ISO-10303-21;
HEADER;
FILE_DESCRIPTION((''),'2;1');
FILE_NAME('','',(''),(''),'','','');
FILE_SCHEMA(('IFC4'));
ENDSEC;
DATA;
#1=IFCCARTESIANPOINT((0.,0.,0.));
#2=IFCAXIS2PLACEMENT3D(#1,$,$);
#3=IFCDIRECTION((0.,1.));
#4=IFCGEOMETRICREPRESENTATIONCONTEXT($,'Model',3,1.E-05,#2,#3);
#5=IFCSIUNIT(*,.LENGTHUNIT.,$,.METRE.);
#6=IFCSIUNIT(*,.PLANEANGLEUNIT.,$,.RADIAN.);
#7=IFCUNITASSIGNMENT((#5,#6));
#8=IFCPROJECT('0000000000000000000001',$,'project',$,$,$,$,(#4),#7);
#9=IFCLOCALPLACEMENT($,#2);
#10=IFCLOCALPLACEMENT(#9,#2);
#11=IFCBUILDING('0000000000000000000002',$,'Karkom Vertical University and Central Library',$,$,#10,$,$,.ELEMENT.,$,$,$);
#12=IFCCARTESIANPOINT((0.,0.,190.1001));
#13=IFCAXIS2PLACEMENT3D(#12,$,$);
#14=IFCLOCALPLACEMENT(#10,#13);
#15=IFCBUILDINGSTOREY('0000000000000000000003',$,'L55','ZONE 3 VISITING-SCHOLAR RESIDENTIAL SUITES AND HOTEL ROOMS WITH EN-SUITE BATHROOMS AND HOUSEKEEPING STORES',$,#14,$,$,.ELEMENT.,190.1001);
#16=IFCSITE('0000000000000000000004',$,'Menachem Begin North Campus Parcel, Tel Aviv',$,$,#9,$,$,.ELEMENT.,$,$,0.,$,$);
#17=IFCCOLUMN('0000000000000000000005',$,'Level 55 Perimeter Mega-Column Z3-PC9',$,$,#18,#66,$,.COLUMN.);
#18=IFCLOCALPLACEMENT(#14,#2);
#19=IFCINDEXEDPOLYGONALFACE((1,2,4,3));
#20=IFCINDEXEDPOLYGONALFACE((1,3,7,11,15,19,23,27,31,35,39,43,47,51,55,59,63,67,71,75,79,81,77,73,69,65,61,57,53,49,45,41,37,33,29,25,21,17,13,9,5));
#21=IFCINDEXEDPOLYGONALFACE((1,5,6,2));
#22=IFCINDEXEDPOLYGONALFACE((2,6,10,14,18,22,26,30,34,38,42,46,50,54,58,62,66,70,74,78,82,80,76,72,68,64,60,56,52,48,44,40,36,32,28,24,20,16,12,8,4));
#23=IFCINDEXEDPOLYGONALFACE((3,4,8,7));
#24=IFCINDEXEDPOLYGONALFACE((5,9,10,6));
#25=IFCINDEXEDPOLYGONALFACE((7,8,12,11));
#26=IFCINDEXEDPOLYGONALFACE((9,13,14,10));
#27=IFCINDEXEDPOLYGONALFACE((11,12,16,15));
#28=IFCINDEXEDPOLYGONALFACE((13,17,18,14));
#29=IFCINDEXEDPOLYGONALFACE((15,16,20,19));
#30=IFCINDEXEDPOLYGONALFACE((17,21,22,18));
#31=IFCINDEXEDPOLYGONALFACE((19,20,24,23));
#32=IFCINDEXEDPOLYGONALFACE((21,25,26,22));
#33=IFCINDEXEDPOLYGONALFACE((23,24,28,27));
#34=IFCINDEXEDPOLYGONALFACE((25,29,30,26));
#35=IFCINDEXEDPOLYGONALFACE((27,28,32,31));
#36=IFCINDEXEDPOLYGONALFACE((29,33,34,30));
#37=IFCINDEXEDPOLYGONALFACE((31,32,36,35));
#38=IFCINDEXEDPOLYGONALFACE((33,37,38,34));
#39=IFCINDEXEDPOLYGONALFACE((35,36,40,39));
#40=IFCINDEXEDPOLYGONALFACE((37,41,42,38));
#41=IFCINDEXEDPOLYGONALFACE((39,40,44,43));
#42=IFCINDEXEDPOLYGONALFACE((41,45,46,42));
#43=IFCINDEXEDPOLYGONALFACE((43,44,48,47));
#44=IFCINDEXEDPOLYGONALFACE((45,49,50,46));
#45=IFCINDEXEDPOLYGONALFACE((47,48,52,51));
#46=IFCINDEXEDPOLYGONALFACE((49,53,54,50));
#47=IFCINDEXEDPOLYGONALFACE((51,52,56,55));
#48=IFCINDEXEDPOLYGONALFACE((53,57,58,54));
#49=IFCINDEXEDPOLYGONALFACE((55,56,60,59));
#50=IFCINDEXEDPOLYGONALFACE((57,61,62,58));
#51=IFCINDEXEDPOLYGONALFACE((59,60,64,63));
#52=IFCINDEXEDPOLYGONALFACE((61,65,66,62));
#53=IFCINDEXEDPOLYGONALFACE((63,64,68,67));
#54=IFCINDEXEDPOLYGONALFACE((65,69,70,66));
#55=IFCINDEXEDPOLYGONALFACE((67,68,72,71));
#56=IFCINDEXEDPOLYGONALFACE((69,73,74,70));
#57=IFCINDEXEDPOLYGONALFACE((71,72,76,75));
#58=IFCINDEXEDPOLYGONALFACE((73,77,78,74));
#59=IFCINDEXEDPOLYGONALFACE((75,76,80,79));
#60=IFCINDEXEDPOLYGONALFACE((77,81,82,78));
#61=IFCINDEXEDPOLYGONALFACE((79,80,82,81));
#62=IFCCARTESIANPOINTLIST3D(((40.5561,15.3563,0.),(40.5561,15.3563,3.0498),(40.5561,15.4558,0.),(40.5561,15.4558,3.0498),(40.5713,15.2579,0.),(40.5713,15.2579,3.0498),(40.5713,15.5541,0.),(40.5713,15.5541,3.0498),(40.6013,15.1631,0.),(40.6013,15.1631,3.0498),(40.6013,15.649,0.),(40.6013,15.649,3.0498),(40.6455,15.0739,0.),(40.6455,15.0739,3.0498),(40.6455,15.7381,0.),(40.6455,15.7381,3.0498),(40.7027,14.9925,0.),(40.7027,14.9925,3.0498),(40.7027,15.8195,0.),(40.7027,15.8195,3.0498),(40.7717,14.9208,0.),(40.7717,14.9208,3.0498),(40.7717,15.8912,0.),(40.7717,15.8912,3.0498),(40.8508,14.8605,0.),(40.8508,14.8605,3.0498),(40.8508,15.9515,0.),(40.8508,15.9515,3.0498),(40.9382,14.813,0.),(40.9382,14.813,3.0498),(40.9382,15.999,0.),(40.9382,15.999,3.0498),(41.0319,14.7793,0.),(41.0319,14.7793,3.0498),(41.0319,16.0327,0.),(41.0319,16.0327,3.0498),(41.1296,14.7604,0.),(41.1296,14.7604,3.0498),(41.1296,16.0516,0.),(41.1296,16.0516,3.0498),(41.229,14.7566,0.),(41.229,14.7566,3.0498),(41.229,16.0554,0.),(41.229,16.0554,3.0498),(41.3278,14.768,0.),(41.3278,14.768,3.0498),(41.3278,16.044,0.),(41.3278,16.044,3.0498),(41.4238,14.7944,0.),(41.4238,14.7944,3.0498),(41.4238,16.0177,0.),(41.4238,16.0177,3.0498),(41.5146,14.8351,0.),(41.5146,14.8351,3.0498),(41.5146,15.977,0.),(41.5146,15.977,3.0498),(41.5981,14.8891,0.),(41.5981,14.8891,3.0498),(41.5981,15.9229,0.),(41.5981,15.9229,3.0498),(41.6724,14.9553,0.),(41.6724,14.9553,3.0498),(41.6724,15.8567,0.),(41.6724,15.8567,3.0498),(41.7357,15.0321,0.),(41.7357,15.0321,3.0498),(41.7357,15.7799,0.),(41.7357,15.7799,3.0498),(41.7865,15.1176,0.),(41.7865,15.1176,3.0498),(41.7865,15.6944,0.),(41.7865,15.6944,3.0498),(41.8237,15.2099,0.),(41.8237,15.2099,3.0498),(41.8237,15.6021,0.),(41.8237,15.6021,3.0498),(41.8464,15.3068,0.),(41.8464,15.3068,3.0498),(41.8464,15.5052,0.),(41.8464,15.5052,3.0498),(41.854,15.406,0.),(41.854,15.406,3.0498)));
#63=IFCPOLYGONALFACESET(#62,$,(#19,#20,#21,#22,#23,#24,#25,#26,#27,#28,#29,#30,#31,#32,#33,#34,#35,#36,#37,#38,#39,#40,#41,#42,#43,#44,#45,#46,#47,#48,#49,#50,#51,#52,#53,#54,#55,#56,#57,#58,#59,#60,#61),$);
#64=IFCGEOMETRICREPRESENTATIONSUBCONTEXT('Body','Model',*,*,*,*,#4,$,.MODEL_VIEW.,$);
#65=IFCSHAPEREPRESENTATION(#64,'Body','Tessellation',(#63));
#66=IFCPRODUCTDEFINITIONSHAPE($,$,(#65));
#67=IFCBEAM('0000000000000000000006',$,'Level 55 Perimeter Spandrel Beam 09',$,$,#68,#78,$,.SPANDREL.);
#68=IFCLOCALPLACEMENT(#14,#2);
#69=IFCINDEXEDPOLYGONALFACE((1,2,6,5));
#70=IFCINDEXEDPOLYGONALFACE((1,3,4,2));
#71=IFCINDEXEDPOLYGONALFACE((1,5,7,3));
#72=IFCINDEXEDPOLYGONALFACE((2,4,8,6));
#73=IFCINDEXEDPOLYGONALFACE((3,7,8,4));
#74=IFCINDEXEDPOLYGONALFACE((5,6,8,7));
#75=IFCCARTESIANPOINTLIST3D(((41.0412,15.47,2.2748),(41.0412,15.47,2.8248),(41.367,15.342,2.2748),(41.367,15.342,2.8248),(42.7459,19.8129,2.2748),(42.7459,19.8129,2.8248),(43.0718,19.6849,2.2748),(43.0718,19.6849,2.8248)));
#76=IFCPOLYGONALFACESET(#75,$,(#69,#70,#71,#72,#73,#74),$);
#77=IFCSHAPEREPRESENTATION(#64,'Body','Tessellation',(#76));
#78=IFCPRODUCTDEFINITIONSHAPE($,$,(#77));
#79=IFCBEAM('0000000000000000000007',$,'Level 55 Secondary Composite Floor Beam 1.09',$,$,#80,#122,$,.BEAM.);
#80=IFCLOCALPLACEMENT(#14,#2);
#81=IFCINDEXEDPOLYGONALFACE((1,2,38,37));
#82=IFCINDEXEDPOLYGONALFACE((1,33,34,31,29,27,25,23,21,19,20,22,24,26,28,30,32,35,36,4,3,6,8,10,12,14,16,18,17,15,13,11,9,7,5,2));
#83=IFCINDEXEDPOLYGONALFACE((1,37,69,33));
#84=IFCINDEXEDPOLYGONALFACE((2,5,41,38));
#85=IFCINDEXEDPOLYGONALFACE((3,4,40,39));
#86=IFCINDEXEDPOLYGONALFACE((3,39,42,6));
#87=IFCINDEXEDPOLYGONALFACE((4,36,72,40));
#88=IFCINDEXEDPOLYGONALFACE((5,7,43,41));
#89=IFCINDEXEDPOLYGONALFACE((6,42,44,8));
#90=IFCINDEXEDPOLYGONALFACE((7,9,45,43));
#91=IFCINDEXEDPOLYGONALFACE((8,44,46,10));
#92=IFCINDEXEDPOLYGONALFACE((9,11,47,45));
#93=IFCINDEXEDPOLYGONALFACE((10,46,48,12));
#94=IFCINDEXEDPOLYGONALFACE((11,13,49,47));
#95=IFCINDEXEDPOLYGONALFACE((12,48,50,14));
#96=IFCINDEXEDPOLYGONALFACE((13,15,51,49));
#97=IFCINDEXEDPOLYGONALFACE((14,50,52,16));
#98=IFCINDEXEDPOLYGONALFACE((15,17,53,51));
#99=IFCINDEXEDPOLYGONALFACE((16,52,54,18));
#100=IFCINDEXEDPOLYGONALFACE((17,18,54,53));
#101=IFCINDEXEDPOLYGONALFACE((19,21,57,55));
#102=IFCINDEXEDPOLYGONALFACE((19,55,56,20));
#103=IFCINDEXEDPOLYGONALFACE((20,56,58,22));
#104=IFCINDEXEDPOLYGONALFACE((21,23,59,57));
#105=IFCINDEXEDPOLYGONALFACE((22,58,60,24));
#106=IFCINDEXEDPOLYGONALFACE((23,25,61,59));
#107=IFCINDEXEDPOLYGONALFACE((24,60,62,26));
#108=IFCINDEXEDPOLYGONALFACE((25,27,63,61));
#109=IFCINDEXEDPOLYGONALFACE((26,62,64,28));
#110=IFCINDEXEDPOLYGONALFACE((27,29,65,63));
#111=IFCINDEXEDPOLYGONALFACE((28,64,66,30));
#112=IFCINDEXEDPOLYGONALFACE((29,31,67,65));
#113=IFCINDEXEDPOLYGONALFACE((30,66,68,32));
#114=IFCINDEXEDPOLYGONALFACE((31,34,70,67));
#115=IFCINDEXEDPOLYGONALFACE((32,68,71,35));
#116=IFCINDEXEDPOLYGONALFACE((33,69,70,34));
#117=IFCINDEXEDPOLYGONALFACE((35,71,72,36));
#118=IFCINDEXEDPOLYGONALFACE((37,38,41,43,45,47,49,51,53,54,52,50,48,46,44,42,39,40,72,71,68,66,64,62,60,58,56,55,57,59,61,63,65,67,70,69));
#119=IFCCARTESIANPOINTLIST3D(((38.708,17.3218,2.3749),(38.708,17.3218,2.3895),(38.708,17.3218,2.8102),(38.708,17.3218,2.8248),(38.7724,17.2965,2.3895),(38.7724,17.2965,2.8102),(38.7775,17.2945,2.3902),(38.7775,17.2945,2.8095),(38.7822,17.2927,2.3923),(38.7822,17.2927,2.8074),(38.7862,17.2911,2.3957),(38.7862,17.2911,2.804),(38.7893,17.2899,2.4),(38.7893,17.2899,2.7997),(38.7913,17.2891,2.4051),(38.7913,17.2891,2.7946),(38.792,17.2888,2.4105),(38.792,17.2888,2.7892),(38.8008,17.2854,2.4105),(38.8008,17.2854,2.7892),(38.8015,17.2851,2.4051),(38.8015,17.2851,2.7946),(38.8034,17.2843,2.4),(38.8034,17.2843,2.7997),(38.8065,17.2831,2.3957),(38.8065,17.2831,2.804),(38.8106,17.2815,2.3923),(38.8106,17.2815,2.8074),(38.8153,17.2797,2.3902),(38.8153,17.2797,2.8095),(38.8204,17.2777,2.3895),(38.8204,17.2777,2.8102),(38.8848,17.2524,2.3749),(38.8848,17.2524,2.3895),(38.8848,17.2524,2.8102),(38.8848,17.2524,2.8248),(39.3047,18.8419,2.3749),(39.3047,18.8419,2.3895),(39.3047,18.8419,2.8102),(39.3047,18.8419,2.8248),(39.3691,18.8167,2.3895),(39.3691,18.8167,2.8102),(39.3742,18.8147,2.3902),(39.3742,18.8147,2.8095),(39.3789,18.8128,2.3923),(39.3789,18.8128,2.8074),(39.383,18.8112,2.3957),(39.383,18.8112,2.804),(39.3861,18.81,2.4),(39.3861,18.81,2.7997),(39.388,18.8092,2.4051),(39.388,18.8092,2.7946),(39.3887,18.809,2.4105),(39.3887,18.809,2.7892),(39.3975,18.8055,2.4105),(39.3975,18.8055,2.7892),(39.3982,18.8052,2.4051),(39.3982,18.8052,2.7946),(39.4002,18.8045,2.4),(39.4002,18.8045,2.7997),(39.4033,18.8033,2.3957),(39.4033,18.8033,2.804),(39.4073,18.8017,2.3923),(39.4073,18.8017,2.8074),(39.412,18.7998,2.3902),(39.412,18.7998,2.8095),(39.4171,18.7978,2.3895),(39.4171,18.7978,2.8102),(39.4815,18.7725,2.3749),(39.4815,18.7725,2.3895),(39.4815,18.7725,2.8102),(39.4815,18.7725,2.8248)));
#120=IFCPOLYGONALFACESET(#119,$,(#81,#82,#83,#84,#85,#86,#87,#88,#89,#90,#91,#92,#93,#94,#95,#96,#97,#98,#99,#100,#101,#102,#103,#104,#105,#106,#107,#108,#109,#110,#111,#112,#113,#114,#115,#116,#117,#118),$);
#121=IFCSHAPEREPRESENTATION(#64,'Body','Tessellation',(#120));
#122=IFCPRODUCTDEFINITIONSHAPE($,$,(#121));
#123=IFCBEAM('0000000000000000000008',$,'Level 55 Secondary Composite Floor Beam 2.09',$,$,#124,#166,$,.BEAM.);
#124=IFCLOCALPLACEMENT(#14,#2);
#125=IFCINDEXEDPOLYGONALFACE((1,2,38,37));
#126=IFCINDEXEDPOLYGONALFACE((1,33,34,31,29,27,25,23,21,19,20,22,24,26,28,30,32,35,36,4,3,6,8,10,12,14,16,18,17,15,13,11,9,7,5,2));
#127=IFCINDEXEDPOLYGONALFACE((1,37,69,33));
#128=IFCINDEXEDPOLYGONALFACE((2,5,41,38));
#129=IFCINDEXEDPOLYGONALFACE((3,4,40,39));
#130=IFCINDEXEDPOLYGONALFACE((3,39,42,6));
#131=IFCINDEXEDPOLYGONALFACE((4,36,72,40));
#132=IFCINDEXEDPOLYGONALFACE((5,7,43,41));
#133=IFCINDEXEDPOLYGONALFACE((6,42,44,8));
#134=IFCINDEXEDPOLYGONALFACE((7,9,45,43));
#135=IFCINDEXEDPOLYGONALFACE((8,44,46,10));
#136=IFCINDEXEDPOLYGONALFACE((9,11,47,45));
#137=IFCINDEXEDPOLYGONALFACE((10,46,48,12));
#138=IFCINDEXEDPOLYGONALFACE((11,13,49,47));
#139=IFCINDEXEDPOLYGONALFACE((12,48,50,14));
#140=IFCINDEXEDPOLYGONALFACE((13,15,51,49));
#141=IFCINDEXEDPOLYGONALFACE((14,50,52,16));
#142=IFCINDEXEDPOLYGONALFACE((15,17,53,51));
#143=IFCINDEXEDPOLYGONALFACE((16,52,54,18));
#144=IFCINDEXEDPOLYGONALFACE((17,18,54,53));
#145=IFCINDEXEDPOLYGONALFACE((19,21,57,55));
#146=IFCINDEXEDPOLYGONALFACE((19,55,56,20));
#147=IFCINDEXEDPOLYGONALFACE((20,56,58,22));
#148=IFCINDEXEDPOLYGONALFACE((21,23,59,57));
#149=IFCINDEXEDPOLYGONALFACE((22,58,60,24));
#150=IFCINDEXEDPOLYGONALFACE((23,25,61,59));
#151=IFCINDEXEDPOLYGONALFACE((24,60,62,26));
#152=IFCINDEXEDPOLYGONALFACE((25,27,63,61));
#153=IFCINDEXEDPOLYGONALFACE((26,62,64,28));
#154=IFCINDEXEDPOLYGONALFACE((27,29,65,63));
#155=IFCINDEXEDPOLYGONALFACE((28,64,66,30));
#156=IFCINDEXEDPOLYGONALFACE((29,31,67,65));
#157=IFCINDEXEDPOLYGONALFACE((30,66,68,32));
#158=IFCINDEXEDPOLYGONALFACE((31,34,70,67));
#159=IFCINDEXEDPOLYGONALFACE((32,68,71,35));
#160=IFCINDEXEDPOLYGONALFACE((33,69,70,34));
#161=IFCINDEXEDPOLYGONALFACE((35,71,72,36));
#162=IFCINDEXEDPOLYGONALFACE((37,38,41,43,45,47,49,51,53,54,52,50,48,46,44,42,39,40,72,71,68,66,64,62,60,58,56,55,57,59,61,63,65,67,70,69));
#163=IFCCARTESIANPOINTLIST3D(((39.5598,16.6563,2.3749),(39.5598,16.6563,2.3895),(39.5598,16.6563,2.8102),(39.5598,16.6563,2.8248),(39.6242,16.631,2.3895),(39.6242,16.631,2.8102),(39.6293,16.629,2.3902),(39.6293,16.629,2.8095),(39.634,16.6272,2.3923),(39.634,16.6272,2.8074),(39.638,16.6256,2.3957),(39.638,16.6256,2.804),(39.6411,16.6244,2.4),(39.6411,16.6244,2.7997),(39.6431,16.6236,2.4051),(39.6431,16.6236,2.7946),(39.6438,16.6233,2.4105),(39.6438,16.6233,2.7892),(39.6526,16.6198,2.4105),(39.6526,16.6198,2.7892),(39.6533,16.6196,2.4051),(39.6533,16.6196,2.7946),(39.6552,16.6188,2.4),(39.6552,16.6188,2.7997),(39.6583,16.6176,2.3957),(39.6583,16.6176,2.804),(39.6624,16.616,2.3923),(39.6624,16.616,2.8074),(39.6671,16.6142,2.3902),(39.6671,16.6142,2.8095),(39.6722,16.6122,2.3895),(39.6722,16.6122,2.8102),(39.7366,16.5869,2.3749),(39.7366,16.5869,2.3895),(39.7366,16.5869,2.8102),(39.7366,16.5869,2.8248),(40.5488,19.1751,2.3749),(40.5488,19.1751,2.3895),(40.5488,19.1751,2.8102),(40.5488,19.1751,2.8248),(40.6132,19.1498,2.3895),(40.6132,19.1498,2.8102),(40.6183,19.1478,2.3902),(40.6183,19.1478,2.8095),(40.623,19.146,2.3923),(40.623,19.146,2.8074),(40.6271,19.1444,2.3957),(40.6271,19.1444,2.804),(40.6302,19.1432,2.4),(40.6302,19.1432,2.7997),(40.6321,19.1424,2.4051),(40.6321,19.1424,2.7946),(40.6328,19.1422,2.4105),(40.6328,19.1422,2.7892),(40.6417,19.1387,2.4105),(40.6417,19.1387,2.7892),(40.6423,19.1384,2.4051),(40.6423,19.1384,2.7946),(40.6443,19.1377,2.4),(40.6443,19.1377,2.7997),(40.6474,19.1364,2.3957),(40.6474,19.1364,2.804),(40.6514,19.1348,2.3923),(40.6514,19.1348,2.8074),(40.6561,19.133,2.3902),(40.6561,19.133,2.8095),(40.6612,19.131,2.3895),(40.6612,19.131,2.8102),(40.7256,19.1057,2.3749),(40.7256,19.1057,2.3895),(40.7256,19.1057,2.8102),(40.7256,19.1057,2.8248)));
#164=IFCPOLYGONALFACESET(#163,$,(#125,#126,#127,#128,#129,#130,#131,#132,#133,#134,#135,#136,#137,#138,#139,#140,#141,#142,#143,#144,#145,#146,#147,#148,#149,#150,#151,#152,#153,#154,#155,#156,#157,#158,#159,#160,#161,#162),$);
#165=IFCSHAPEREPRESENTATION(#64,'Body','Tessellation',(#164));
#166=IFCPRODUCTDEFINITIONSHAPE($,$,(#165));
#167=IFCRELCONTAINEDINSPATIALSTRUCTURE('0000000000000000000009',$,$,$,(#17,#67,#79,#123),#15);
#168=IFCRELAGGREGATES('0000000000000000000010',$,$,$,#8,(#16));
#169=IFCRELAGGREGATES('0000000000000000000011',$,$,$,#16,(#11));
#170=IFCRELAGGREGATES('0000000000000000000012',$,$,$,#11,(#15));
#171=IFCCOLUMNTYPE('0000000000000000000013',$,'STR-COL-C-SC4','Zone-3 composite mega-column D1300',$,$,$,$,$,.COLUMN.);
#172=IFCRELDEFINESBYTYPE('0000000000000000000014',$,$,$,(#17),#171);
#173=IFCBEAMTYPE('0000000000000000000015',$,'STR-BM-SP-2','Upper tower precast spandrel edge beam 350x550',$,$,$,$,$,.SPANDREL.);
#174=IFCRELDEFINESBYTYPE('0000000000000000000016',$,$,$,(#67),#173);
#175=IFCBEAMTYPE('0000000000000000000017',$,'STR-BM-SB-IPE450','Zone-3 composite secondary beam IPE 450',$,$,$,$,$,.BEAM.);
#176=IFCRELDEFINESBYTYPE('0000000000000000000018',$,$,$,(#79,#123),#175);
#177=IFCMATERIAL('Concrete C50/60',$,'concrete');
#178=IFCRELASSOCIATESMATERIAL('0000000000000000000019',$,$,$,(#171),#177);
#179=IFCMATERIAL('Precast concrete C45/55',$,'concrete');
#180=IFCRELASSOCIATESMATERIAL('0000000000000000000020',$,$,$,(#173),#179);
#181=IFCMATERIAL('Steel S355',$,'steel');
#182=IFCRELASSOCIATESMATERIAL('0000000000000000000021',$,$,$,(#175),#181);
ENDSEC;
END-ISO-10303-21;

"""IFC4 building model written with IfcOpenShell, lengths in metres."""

from ifc_helpers import new_model, si_unit, direction, frame, origin, origin_with_axes, origin_2d, place, context, subcontext, project, spatial, rectangle, circle, i_section, extrude, source, transform, mapped, material, material_profile, profile_set, type_object, element, save


model = new_model("IFC4")

# Units and contexts
model_context = context("Model", 3, precision=1e-05, world=origin(), true_north=direction((0.0, 1.0)))
body_context = subcontext(model_context, "Body", "Model", "MODEL_VIEW")
ifc_project = project(units=[si_unit("LENGTHUNIT", "METRE"), si_unit("PLANEANGLEUNIT", "RADIAN")], contexts=[model_context])

# Site, building, storey
site_placement = place(None, origin())
site = spatial("IfcSite", under=ifc_project, at=site_placement, Name="Menachem Begin North Campus Parcel, Tel Aviv", CompositionType="ELEMENT", RefElevation=0.0)
building_placement = place(site_placement, origin())
building = spatial("IfcBuilding", under=site, at=building_placement, Name="Karkom Vertical University and Central Library", CompositionType="ELEMENT")
storey_placement = place(building_placement, frame((0.0, 0.0, 190.1001)))
storey = spatial("IfcBuildingStorey", under=building, at=storey_placement, Name="L55", Description="ZONE 3 VISITING-SCHOLAR RESIDENTIAL SUITES AND HOTEL ROOMS WITH EN-SUITE BATHROOMS AND HOUSEKEEPING STORES", CompositionType="ELEMENT", Elevation=190.1001)

# Column
ifc_material_1 = material(Name="Concrete C50/60", Category="concrete")
ifc_material_profile_1 = material_profile(ifc_material_1, circle(Radius=0.6499, at=origin_2d()), Name="CFT-D1300")
ifc_profile_set_1 = profile_set([ifc_material_profile_1], Name="Concrete C50/60")
column_type = type_object("IfcColumnType", Name="STR-COL-C-SC4", Description="Zone-3 composite mega-column D1300", PredefinedType="COLUMN", material=ifc_profile_set_1)
shared_shape_1 = source(origin_with_axes(), body_context, "Body", "SweptSolid", [
    extrude(circle(Radius=0.6499, at=origin_2d()), origin(), (0.0, 0.0, 1.0), 3.0498),
])
column_placement = place(storey_placement, frame((41.2041, 15.406, 0.0), z_axis=(0.0, 0.0, 1.0), x_axis=(1.0, 0.0, 0.0)))
element("IfcColumn", 1, at=column_placement, inside=storey, type_object=column_type, Name="Level 55 Perimeter Mega-Column Z3-PC9", PredefinedType="COLUMN", context=body_context, shape_type="MappedRepresentation", body=[
    mapped(shared_shape_1, transform((0.0, 0.0, 0.0), scale=1.0)),
])

# Beams
ifc_material_2 = material(Name="Precast concrete C45/55", Category="concrete")
ifc_material_profile_2 = material_profile(ifc_material_2, rectangle(XDim=0.3501, YDim=0.55, at=origin_2d()), Name="SPB-350x550")
ifc_profile_set_2 = profile_set([ifc_material_profile_2], Name="Precast concrete C45/55")
beam_type_1 = type_object("IfcBeamType", Name="STR-BM-SP-2", Description="Upper tower precast spandrel edge beam 350x550", PredefinedType="SPANDREL", material=ifc_profile_set_2)
shared_shape_2 = source(origin_with_axes(), body_context, "Body", "SweptSolid", [
    extrude(rectangle(XDim=0.3501, YDim=0.55, at=origin_2d()), origin(), (0.0, 0.0, 1.0), 4.6655),
])
beam_1_placement = place(storey_placement, frame((41.2041, 15.406, 2.5498), z_axis=(0.365401, 0.93085, 0.0), x_axis=(-0.93085, 0.365401, 0.0)))
element("IfcBeam", 2, at=beam_1_placement, inside=storey, type_object=beam_type_1, Name="Level 55 Perimeter Spandrel Beam 09", PredefinedType="SPANDREL", context=body_context, shape_type="MappedRepresentation", body=[
    mapped(shared_shape_2, transform((0.0, 0.0, 0.0), scale=1.0)),
])
ifc_material_3 = material(Name="Steel S355", Category="steel")
ifc_material_profile_3 = material_profile(ifc_material_3, i_section(OverallWidth=0.1899, OverallDepth=0.45, WebThickness=0.0095, FlangeThickness=0.0146, FilletRadius=0.021, at=origin_2d()), Name="IPE 450")
ifc_profile_set_3 = profile_set([ifc_material_profile_3], Name="Steel S355")
beam_type_2 = type_object("IfcBeamType", Name="STR-BM-SB-IPE450", Description="Zone-3 composite secondary beam IPE 450", PredefinedType="BEAM", material=ifc_profile_set_3)
shared_shape_3 = source(origin_with_axes(), body_context, "Body", "SweptSolid", [
    extrude(i_section(OverallWidth=0.1899, OverallDepth=0.45, WebThickness=0.0095, FlangeThickness=0.0146, FilletRadius=0.021, at=origin_2d()), origin(), (0.0, 0.0, 1.0), 1.6331),
])
beam_2_placement = place(storey_placement, frame((38.7964, 17.2871, 2.5999), z_axis=(0.365403, 0.93085, 0.0), x_axis=(-0.93085, 0.365403, 0.0)))
element("IfcBeam", 3, at=beam_2_placement, inside=storey, type_object=beam_type_2, Name="Level 55 Secondary Composite Floor Beam 1.09", PredefinedType="BEAM", context=body_context, shape_type="MappedRepresentation", body=[
    mapped(shared_shape_3, transform((0.0, 0.0, 0.0), scale=1.0)),
])
shared_shape_4 = source(origin_with_axes(), body_context, "Body", "SweptSolid", [
    extrude(i_section(OverallWidth=0.1899, OverallDepth=0.45, WebThickness=0.0095, FlangeThickness=0.0146, FilletRadius=0.021, at=origin_2d()), origin(), (0.0, 0.0, 1.0), 2.7061),
])
beam_3_placement = place(storey_placement, frame((39.6482, 16.6216, 2.5999), z_axis=(0.365488, 0.930816, 0.0), x_axis=(-0.930816, 0.365488, 0.0)))
element("IfcBeam", 4, at=beam_3_placement, inside=storey, type_object=beam_type_2, Name="Level 55 Secondary Composite Floor Beam 2.09", PredefinedType="BEAM", context=body_context, shape_type="MappedRepresentation", body=[
    mapped(shared_shape_4, transform((0.0, 0.0, 0.0), scale=1.0)),
])

save(model, "model.ifc")
